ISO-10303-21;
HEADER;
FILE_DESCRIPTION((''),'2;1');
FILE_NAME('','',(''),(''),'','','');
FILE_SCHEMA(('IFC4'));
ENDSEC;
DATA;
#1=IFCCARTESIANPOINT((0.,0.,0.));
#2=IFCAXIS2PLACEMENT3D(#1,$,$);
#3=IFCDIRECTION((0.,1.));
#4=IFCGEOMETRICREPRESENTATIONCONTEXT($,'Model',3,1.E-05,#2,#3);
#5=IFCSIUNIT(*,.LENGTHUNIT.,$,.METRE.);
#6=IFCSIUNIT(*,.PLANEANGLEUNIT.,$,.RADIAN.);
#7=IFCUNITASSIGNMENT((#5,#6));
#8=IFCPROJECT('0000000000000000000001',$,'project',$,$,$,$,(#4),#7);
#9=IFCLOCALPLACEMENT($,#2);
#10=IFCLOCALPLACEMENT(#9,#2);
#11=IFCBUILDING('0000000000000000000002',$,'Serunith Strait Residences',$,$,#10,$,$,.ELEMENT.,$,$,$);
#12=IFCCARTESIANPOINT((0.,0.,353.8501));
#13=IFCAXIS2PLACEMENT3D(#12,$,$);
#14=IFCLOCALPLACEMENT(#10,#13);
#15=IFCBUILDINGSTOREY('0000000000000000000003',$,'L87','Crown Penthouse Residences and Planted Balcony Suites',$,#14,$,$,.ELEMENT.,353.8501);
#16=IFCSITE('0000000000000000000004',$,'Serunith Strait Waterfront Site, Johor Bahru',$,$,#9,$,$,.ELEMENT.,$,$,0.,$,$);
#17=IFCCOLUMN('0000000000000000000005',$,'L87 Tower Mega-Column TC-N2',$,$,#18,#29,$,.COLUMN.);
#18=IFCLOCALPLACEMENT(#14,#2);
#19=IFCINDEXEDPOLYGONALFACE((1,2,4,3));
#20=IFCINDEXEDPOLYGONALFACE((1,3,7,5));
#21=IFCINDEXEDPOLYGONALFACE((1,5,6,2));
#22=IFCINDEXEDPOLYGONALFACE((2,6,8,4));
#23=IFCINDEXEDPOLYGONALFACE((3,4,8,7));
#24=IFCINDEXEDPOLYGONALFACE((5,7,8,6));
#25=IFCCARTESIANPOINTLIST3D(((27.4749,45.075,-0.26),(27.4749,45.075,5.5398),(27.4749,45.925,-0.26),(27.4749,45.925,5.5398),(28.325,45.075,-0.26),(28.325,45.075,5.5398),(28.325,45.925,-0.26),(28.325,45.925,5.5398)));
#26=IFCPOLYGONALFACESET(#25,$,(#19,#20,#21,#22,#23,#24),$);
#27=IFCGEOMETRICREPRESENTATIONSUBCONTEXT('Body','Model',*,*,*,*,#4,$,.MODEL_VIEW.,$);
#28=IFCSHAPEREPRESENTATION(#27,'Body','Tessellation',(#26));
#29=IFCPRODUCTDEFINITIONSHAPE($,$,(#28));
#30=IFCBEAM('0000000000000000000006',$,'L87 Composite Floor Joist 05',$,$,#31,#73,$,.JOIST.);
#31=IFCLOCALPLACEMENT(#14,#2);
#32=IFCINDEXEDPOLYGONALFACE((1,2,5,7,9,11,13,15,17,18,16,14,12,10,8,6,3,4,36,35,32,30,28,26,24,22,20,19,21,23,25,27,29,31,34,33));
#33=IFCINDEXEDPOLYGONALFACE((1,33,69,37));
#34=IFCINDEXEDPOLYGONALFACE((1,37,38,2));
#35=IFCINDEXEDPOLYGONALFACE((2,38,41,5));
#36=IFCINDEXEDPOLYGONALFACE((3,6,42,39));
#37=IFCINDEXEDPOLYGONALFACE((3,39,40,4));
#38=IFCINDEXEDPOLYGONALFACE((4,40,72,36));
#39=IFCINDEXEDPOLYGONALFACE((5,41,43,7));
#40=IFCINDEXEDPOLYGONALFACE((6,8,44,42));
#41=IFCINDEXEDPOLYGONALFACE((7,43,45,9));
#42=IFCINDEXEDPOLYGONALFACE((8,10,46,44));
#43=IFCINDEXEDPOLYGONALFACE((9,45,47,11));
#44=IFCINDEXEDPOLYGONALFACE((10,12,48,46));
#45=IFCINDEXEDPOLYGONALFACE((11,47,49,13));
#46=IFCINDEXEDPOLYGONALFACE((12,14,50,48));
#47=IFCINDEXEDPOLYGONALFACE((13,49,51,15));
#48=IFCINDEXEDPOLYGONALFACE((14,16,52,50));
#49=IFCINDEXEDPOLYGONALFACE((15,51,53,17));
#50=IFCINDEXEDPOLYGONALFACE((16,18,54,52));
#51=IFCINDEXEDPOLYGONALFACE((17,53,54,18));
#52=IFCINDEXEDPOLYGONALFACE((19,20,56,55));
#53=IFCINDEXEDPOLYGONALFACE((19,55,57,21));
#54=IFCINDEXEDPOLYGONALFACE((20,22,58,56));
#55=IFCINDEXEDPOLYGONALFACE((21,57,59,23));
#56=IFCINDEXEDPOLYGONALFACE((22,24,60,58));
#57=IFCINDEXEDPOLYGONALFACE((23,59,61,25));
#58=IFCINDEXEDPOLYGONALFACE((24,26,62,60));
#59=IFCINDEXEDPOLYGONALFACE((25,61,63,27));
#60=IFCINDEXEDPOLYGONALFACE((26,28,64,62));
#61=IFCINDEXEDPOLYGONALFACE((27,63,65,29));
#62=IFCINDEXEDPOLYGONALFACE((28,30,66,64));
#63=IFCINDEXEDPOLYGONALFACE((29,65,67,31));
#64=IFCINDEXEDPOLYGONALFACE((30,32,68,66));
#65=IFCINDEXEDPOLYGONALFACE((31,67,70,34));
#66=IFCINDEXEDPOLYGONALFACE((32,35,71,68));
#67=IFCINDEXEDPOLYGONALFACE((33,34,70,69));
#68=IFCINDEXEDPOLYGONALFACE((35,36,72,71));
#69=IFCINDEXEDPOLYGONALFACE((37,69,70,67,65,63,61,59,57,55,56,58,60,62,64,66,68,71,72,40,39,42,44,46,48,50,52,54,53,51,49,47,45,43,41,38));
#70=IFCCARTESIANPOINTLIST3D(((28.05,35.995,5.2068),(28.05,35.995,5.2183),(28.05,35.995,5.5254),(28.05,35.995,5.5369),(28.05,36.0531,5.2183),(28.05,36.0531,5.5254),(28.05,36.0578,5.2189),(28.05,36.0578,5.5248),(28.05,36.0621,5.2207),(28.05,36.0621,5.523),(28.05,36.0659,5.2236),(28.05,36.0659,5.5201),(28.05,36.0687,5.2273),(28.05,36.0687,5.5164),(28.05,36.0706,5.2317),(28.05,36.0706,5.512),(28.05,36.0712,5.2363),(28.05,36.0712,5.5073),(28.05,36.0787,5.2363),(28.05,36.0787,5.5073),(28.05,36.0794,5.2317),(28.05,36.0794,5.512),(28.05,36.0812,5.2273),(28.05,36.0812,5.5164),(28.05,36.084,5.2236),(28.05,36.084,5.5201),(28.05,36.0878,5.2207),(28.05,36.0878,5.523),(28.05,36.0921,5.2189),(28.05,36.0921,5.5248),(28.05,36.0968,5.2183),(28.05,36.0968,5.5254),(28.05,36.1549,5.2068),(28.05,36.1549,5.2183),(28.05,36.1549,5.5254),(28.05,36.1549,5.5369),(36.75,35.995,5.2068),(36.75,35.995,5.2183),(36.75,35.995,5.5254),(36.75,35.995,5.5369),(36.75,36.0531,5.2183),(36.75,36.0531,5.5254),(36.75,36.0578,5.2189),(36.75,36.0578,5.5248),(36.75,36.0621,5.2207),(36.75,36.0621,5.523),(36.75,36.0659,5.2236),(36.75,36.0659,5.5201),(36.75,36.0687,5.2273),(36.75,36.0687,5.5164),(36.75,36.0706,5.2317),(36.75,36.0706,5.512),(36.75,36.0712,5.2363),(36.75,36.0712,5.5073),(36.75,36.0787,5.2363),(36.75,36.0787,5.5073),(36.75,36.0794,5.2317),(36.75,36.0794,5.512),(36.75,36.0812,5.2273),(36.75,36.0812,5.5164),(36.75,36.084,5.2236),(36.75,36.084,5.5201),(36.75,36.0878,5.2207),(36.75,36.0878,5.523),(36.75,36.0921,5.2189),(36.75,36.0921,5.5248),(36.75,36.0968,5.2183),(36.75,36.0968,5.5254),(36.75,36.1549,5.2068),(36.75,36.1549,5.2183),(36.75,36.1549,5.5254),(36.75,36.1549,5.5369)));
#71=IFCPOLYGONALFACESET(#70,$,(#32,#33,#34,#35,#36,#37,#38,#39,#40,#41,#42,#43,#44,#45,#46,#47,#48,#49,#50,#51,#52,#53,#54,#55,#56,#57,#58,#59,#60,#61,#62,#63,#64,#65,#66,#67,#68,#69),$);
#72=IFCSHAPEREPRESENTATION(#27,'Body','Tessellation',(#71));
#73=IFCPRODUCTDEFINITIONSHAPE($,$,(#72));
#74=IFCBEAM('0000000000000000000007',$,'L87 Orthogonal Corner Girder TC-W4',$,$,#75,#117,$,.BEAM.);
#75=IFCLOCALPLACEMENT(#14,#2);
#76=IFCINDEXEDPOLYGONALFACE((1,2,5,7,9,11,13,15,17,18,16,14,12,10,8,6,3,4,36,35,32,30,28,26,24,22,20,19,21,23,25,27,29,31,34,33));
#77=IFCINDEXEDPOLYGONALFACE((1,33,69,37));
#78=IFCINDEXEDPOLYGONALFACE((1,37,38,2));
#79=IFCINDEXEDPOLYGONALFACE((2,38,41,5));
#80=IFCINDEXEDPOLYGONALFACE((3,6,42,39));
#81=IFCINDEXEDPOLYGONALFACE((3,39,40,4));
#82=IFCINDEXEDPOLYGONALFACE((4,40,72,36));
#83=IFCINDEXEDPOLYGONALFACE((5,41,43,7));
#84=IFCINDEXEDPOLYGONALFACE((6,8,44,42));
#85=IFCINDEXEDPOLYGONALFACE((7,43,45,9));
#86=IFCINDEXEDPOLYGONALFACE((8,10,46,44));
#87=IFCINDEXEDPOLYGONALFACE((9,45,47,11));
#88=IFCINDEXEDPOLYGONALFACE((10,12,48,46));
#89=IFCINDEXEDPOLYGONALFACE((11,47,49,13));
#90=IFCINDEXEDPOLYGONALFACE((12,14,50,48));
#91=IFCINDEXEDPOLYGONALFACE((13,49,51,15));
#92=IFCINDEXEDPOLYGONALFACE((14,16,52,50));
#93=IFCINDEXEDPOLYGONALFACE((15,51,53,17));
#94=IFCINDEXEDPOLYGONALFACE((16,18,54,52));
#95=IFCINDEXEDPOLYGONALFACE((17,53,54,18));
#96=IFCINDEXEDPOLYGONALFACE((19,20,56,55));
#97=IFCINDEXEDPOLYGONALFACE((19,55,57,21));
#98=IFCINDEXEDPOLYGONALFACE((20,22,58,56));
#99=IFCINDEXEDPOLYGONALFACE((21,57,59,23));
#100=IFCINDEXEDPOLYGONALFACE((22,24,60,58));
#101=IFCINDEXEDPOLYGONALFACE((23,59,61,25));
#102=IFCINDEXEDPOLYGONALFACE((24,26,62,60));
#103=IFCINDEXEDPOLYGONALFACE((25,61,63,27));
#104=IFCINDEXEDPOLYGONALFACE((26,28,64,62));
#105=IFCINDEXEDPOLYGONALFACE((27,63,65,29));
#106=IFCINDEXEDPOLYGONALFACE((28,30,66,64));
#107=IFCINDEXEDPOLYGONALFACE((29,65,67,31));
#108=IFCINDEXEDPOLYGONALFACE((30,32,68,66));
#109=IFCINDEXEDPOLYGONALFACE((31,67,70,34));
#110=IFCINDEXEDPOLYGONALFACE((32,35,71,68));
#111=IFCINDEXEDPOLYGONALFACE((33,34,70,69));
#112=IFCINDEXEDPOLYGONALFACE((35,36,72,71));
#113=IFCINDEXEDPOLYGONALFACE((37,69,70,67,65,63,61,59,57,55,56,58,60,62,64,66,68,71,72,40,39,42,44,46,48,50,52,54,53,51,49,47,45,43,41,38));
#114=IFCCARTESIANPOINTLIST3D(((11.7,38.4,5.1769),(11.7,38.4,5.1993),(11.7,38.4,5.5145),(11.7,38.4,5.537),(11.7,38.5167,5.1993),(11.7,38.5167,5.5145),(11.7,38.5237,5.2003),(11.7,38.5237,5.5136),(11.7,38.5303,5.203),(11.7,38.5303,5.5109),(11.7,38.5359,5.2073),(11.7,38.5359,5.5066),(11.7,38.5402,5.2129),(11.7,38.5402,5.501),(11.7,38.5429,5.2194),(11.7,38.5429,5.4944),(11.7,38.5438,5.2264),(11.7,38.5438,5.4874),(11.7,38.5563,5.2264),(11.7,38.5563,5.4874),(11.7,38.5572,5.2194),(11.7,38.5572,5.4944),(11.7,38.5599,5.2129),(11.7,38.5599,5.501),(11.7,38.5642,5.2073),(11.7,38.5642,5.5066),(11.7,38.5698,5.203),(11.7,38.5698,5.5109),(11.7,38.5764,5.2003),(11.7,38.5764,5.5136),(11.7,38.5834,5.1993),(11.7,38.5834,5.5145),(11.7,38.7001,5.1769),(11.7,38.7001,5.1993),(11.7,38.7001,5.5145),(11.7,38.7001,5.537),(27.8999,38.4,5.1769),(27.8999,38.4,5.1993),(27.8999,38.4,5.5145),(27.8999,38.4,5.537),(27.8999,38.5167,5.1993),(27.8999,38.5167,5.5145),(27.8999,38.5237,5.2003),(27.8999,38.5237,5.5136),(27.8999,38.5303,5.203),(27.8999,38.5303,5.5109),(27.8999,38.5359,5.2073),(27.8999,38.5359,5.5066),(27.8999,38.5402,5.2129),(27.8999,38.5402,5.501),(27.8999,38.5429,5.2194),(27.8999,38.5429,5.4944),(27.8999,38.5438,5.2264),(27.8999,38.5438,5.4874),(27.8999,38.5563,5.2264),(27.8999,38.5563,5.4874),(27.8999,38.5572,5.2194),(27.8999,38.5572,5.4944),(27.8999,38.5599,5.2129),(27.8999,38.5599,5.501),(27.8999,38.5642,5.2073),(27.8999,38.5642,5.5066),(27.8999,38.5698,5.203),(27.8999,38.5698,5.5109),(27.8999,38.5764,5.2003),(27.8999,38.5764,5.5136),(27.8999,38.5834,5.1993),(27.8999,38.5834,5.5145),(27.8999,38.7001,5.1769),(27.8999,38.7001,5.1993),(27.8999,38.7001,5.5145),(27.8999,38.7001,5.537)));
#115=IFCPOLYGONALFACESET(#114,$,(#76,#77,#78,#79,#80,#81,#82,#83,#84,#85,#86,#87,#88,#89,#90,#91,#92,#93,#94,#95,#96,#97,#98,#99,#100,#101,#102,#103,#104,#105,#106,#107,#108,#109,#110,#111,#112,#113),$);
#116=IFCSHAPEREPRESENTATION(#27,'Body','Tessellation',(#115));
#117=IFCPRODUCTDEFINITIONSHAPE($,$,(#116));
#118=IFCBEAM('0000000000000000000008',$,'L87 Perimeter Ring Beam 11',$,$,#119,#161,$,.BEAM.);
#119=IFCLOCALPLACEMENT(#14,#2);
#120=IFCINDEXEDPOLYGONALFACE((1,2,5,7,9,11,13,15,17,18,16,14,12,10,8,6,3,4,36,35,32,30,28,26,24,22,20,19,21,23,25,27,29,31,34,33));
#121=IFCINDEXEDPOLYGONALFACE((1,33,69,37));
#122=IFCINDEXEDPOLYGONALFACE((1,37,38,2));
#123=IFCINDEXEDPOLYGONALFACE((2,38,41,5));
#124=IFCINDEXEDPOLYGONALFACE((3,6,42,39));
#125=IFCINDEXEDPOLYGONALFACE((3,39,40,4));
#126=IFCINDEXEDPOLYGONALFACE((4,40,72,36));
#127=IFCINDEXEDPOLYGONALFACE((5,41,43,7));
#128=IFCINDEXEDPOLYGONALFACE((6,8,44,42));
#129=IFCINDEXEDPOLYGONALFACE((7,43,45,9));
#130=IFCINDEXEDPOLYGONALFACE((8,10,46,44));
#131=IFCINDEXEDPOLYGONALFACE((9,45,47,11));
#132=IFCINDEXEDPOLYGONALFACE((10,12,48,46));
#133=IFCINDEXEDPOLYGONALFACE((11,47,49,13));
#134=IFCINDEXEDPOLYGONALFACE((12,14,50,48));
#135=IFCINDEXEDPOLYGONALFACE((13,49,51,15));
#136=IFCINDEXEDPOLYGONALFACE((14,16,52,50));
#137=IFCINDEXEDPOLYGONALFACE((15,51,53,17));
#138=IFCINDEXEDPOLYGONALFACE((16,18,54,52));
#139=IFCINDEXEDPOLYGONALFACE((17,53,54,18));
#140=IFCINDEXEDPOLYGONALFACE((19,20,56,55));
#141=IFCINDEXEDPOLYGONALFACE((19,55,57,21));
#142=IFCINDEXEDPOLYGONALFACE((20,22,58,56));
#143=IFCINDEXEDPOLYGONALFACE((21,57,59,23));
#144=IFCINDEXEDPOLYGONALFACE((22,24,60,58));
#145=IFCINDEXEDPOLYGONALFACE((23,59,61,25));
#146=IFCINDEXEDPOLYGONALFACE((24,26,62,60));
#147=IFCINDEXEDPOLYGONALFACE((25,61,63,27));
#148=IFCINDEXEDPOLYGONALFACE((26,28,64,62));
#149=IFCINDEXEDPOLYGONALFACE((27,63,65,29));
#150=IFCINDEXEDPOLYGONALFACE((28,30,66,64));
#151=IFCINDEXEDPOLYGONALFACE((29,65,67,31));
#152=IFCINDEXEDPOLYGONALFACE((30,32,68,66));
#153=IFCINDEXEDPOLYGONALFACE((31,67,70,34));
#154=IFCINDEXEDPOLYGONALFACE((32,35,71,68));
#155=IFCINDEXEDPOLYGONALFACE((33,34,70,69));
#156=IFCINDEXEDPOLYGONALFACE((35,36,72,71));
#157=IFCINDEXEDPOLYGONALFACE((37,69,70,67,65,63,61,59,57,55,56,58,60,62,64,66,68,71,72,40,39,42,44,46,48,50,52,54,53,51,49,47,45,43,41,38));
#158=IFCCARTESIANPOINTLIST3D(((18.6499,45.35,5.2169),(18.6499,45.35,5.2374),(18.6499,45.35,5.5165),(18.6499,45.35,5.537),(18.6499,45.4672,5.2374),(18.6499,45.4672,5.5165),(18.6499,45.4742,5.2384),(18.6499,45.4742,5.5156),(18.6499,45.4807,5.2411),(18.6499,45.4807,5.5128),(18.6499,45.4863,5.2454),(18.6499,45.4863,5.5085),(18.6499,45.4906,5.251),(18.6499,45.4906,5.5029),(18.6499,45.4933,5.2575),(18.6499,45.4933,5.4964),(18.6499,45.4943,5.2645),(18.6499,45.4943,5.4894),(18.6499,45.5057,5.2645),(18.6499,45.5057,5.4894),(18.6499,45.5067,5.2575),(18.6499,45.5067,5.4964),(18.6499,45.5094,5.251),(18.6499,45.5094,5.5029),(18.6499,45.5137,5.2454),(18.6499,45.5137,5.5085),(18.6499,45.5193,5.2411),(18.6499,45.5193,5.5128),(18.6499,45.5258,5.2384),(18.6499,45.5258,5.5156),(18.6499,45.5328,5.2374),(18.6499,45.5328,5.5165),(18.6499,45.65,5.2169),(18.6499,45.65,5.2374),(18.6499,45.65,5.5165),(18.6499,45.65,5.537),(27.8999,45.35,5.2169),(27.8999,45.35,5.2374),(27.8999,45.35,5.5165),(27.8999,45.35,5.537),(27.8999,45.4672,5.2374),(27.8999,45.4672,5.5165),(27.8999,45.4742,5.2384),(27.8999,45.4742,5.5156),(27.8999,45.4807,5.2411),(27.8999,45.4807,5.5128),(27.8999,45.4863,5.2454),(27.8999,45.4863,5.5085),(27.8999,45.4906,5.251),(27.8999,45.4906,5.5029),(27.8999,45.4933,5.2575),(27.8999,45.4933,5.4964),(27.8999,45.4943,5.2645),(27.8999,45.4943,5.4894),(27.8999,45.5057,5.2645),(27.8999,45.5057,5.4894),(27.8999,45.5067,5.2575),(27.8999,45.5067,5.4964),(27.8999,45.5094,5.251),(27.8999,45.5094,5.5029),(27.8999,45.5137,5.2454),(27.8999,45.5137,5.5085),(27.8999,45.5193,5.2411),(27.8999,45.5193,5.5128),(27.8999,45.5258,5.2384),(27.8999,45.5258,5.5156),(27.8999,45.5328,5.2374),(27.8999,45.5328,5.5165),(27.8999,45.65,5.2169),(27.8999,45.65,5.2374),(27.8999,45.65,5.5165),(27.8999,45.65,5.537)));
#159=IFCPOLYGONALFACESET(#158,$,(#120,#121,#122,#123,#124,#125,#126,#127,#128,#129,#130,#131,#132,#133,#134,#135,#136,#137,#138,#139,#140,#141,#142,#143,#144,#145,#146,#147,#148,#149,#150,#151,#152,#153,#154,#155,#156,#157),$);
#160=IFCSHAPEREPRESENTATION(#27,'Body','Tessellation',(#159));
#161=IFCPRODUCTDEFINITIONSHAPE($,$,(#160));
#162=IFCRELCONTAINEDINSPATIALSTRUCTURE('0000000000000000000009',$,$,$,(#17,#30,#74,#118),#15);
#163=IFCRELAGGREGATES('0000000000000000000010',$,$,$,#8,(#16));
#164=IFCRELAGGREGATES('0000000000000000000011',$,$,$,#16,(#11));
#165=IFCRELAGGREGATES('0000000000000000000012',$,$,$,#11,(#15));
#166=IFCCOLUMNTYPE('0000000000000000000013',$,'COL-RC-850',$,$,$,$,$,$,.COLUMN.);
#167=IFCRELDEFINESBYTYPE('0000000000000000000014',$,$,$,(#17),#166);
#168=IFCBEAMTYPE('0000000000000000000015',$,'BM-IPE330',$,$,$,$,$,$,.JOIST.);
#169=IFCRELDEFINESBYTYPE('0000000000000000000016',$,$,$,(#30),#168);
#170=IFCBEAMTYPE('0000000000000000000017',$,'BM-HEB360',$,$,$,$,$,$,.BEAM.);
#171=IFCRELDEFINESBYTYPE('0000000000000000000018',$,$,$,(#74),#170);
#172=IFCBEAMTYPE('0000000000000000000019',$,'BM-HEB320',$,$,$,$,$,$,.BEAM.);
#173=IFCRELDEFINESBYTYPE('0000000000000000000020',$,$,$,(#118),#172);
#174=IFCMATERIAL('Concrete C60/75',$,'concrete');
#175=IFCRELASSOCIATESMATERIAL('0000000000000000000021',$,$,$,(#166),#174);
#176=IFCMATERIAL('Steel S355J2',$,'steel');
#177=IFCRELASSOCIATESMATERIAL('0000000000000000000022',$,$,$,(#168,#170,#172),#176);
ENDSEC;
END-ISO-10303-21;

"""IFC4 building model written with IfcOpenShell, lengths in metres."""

from ifc_helpers import new_model, si_unit, direction, frame, origin, origin_2d, place, context, subcontext, project, spatial, rectangle, i_section, extrude, source, transform, mapped, material, material_profile, profile_set, type_object, element, save


model = new_model("IFC4")

# Units and contexts
model_context = context("Model", 3, precision=1e-05, world=origin(), true_north=direction((0.0, 1.0)))
body_context = subcontext(model_context, "Body", "Model", "MODEL_VIEW")
ifc_project = project(units=[si_unit("LENGTHUNIT", "METRE"), si_unit("PLANEANGLEUNIT", "RADIAN")], contexts=[model_context])

# Site, building, storey
site_placement = place(None, origin())
site = spatial("IfcSite", under=ifc_project, at=site_placement, Name="Serunith Strait Waterfront Site, Johor Bahru", CompositionType="ELEMENT", RefElevation=0.0)
building_placement = place(site_placement, origin())
building = spatial("IfcBuilding", under=site, at=building_placement, Name="Serunith Strait Residences", CompositionType="ELEMENT")
storey_placement = place(building_placement, frame((0.0, 0.0, 353.8501)))
storey = spatial("IfcBuildingStorey", under=building, at=storey_placement, Name="L87", Description="Crown Penthouse Residences and Planted Balcony Suites", CompositionType="ELEMENT", Elevation=353.8501)

# Column
ifc_material_1 = material(Name="Concrete C60/75", Category="concrete")
ifc_material_profile_1 = material_profile(ifc_material_1, rectangle(XDim=0.8501, YDim=0.8501, at=origin_2d()), Name="RC 850x850")
ifc_profile_set_1 = profile_set([ifc_material_profile_1], Name="Concrete C60/75")
column_type = type_object("IfcColumnType", Name="COL-RC-850", PredefinedType="COLUMN", material=ifc_profile_set_1)
shared_shape_1 = source(origin(), body_context, "Body", "SweptSolid", [
    extrude(rectangle(XDim=0.8501, YDim=0.8501, at=origin_2d()), origin(), (0.0, 0.0, 1.0), 5.7998),
])
column_placement = place(storey_placement, frame((27.8999, 45.5, -0.26), z_axis=(0.0, 0.0, 1.0), x_axis=(1.0, 0.0, 0.0)))
element("IfcColumn", 1, at=column_placement, inside=storey, type_object=column_type, Name="L87 Tower Mega-Column TC-N2", PredefinedType="COLUMN", context=body_context, shape_type="MappedRepresentation", body=[
    mapped(shared_shape_1, transform((0.0, 0.0, 0.0), scale=1.0)),
])

# Beams
ifc_material_2 = material(Name="Steel S355J2", Category="steel")
ifc_material_profile_2 = material_profile(ifc_material_2, i_section(OverallWidth=0.1599, OverallDepth=0.3301, WebThickness=0.0076, FlangeThickness=0.0115, FilletRadius=0.0181, at=origin_2d()), Name="IPE 330")
ifc_profile_set_2 = profile_set([ifc_material_profile_2], Name="Steel S355J2")
beam_type_1 = type_object("IfcBeamType", Name="BM-IPE330", PredefinedType="JOIST", material=ifc_profile_set_2)
shared_shape_2 = source(origin(), body_context, "Body", "SweptSolid", [
    extrude(i_section(OverallWidth=0.1599, OverallDepth=0.3301, WebThickness=0.0076, FlangeThickness=0.0115, FilletRadius=0.0181, at=origin_2d()), origin(), (0.0, 0.0, 1.0), 8.7),
])
beam_1_placement = place(storey_placement, frame((28.05, 36.075, 5.3718), z_axis=(1.0, 0.0, 0.0), x_axis=(0.0, 1.0, 0.0)))
element("IfcBeam", 2, at=beam_1_placement, inside=storey, type_object=beam_type_1, Name="L87 Composite Floor Joist 05", PredefinedType="JOIST", context=body_context, shape_type="MappedRepresentation", body=[
    mapped(shared_shape_2, transform((0.0, 0.0, 0.0), scale=1.0)),
])
ifc_material_profile_3 = material_profile(ifc_material_2, i_section(OverallWidth=0.3, OverallDepth=0.3601, WebThickness=0.0125, FlangeThickness=0.0225, FilletRadius=0.0271, at=origin_2d()), Name="HEB 360")
ifc_profile_set_3 = profile_set([ifc_material_profile_3], Name="Steel S355J2")
beam_type_2 = type_object("IfcBeamType", Name="BM-HEB360", PredefinedType="BEAM", material=ifc_profile_set_3)
shared_shape_3 = source(origin(), body_context, "Body", "SweptSolid", [
    extrude(i_section(OverallWidth=0.3, OverallDepth=0.3601, WebThickness=0.0125, FlangeThickness=0.0225, FilletRadius=0.0271, at=origin_2d()), origin(), (0.0, 0.0, 1.0), 16.2),
])
beam_2_placement = place(storey_placement, frame((27.8999, 38.55, 5.3569), z_axis=(-1.0, 0.0, 0.0), x_axis=(0.0, -1.0, 0.0)))
element("IfcBeam", 3, at=beam_2_placement, inside=storey, type_object=beam_type_2, Name="L87 Orthogonal Corner Girder TC-W4", PredefinedType="BEAM", context=body_context, shape_type="MappedRepresentation", body=[
    mapped(shared_shape_3, transform((0.0, 0.0, 0.0), scale=1.0)),
])
ifc_material_profile_4 = material_profile(ifc_material_2, i_section(OverallWidth=0.3, OverallDepth=0.3201, WebThickness=0.0115, FlangeThickness=0.0205, FilletRadius=0.0271, at=origin_2d()), Name="HEB 320")
ifc_profile_set_4 = profile_set([ifc_material_profile_4], Name="Steel S355J2")
beam_type_3 = type_object("IfcBeamType", Name="BM-HEB320", PredefinedType="BEAM", material=ifc_profile_set_4)
shared_shape_4 = source(origin(), body_context, "Body", "SweptSolid", [
    extrude(i_section(OverallWidth=0.3, OverallDepth=0.3201, WebThickness=0.0115, FlangeThickness=0.0205, FilletRadius=0.0271, at=origin_2d()), origin(), (0.0, 0.0, 1.0), 9.25),
])
beam_3_placement = place(storey_placement, frame((27.8999, 45.5, 5.377), z_axis=(-1.0, 0.0, 0.0), x_axis=(0.0, -1.0, 0.0)))
element("IfcBeam", 4, at=beam_3_placement, inside=storey, type_object=beam_type_3, Name="L87 Perimeter Ring Beam 11", PredefinedType="BEAM", context=body_context, shape_type="MappedRepresentation", body=[
    mapped(shared_shape_4, transform((0.0, 0.0, 0.0), scale=1.0)),
])

save(model, "model.ifc")
